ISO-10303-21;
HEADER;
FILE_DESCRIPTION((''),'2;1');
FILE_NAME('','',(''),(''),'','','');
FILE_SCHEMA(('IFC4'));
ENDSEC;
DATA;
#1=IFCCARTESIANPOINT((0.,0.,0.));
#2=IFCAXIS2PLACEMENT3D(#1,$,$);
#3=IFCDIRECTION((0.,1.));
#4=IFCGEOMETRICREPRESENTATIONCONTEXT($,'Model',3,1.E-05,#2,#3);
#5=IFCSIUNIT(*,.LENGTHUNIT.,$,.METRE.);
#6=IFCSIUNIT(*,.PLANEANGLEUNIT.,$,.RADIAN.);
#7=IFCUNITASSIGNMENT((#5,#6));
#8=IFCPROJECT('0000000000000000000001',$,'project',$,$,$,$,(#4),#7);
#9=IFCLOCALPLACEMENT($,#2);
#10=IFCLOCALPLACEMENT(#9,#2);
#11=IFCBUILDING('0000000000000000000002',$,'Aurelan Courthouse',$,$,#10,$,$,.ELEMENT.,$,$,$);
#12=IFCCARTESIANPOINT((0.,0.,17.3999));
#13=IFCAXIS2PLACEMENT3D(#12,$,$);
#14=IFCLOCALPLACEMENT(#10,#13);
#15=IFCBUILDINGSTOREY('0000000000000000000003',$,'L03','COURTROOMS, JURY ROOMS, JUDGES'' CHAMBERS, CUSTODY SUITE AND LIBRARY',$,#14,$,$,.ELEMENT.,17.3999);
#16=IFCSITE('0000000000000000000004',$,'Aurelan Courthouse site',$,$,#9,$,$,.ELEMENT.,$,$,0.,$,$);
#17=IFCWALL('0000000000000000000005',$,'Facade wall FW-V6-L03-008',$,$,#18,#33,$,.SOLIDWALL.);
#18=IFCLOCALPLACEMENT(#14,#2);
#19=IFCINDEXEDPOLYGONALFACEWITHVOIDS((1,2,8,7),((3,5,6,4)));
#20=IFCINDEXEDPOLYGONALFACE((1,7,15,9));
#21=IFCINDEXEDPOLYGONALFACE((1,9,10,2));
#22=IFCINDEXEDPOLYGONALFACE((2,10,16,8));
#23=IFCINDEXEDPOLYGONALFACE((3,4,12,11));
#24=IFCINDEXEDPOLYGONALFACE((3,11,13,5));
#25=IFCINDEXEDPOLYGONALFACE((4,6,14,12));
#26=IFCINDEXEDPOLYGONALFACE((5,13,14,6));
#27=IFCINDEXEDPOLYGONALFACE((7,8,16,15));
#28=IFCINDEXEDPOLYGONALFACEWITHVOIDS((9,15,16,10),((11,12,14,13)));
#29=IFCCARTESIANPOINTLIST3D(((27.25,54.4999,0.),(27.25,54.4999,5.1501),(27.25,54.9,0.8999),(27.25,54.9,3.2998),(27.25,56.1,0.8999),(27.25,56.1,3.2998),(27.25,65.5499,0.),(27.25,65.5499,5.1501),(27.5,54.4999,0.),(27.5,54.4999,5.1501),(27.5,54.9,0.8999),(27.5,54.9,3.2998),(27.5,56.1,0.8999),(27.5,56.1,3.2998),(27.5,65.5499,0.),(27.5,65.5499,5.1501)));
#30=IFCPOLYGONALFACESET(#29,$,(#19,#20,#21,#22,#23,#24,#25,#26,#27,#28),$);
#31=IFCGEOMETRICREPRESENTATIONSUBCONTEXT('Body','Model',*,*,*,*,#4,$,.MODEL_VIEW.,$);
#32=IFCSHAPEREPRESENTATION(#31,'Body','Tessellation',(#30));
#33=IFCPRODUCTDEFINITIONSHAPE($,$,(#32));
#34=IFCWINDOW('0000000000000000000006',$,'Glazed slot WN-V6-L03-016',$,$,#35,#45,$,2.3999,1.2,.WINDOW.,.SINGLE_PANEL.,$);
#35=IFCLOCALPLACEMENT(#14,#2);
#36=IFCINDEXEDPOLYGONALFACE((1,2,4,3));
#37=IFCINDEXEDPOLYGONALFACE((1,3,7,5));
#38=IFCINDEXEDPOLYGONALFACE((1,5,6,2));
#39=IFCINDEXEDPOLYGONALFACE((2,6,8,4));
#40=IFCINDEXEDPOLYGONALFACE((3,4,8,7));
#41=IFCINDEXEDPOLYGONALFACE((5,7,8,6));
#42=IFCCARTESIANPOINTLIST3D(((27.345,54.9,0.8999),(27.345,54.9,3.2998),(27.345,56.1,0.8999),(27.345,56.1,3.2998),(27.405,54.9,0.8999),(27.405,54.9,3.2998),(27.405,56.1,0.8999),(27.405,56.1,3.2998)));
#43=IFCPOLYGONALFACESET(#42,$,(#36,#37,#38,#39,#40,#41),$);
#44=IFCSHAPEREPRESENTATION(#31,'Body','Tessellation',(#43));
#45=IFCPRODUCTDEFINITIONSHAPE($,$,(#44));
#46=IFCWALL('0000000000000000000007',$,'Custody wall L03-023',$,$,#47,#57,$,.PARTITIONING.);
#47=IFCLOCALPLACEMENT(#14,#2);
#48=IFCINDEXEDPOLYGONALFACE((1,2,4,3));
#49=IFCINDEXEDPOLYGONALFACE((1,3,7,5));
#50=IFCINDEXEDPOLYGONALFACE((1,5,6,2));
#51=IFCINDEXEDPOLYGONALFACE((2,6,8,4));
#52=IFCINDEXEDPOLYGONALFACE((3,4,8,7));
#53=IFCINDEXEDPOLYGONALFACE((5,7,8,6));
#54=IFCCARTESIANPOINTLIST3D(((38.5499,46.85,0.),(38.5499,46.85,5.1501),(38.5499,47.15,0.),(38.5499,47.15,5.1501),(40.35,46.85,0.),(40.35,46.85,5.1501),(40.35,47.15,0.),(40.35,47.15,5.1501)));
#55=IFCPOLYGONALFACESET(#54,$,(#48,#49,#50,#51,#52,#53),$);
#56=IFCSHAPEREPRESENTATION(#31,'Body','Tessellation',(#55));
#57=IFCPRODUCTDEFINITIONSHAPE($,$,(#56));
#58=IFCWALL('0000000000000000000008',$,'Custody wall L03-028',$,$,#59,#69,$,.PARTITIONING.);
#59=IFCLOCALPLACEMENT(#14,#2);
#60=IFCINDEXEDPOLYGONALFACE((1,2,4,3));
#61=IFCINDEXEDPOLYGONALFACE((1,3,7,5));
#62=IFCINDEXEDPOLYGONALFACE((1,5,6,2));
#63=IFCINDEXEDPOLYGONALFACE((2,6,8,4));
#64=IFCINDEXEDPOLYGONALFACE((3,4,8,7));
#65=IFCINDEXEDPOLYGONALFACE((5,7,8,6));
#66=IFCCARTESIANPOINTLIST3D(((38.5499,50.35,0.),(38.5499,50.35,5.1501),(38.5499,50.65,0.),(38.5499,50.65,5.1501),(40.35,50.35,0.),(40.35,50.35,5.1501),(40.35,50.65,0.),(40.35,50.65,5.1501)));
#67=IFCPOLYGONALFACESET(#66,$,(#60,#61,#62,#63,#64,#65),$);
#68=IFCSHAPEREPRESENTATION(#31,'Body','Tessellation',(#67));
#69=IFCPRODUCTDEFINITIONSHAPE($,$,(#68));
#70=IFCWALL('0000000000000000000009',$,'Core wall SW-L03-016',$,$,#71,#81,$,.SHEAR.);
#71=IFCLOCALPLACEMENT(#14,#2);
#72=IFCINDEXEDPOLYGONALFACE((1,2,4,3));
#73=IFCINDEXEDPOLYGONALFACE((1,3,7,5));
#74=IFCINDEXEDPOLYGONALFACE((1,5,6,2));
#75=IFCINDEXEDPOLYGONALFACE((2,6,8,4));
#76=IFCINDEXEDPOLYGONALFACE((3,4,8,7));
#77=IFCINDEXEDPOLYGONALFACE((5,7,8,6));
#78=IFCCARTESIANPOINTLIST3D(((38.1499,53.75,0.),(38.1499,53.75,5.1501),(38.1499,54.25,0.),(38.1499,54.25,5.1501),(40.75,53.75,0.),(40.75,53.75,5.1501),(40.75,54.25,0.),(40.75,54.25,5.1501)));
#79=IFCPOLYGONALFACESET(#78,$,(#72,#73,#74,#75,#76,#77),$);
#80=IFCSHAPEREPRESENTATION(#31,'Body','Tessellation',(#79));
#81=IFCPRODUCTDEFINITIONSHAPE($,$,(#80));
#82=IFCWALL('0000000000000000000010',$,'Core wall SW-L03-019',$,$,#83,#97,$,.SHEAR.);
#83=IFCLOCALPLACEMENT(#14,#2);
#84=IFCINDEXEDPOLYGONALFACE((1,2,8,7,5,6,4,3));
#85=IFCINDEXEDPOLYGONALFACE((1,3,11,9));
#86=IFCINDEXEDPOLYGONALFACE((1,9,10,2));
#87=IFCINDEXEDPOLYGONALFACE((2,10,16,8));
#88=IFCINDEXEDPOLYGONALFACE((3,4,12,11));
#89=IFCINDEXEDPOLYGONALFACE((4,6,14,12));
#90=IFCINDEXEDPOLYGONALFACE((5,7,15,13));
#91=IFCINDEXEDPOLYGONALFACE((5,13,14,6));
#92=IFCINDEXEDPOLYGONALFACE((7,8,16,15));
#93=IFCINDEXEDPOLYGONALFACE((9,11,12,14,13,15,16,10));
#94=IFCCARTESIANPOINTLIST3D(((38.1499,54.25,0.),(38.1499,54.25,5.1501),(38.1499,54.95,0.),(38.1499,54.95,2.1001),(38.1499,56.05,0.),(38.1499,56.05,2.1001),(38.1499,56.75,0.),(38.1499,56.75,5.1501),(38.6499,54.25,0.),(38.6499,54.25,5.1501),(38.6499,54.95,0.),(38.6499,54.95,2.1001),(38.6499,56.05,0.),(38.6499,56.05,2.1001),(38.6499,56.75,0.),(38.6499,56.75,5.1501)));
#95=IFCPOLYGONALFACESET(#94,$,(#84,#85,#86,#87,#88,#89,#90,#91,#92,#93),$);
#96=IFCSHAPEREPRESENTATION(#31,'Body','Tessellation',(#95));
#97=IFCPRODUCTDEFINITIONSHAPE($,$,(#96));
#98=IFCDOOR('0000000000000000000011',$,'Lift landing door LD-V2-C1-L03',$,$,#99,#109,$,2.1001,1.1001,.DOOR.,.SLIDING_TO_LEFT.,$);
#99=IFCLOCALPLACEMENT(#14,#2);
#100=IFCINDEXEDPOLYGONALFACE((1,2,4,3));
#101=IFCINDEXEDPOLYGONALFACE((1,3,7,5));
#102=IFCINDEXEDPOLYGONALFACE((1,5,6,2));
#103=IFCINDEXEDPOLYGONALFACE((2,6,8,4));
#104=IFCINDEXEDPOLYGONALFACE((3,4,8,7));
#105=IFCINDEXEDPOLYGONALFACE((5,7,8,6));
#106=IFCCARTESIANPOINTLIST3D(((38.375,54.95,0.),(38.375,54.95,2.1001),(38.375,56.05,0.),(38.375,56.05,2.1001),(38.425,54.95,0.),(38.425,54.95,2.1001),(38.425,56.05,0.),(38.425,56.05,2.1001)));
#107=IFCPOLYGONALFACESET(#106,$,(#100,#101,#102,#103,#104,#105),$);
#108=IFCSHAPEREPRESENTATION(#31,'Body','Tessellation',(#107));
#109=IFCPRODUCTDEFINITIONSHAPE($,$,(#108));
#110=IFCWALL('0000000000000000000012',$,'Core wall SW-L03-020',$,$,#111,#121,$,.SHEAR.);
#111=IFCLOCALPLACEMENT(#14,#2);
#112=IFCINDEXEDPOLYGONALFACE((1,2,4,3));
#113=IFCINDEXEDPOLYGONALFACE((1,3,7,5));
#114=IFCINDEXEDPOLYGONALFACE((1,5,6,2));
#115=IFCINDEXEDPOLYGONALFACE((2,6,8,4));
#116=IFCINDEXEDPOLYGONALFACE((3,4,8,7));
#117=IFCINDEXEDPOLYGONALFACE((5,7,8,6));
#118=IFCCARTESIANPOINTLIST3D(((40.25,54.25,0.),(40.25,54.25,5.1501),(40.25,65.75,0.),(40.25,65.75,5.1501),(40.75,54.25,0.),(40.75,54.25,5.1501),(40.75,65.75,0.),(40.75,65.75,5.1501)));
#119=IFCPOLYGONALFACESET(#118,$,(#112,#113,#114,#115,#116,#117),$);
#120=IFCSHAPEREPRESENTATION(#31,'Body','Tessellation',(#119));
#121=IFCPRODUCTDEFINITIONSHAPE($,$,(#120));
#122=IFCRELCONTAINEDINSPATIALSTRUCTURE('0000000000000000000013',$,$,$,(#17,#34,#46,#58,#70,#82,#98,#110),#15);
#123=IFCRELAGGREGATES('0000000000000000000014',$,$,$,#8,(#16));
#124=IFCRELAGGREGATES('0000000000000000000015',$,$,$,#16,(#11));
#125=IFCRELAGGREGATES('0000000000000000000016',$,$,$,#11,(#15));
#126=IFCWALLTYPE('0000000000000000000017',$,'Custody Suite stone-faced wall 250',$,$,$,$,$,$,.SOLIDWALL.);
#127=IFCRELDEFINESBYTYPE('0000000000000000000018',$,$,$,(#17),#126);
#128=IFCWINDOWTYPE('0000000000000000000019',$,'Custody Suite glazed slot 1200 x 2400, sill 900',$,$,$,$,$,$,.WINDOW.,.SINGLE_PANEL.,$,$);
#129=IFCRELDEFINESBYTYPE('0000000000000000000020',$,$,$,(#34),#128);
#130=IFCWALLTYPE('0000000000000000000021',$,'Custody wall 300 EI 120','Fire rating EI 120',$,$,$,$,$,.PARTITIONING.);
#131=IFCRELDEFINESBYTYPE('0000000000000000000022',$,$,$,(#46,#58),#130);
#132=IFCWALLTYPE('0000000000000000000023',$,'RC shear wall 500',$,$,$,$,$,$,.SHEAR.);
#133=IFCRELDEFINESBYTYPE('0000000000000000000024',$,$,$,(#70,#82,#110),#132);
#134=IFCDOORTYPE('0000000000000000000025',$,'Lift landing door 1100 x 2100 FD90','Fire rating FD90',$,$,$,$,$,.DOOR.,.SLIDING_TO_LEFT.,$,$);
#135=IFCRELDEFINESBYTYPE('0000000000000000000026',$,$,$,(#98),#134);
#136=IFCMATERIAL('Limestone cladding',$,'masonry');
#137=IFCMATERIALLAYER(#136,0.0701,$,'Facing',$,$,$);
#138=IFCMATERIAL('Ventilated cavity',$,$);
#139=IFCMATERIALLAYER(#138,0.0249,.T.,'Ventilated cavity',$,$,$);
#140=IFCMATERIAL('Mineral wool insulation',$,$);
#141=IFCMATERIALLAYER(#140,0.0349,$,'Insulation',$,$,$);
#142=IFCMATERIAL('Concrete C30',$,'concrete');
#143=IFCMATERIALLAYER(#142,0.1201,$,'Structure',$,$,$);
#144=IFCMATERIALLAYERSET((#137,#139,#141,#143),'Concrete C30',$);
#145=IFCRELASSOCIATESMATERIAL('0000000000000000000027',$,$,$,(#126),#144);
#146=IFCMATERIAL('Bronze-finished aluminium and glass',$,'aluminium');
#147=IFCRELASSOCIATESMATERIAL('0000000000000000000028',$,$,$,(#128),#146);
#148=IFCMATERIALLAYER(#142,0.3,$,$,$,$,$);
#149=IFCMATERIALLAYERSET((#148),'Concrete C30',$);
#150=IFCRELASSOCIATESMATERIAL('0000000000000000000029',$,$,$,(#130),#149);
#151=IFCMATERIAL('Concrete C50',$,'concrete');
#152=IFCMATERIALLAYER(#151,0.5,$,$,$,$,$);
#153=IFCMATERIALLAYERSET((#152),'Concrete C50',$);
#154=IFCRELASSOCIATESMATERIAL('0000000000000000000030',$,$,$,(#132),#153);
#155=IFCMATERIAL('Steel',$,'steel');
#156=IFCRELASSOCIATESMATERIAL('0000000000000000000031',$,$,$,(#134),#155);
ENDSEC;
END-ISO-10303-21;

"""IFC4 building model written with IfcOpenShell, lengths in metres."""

from ifc_helpers import new_model, si_unit, direction, frame, frame_2d, origin, place, context, subcontext, project, spatial, rectangle, extrude, material, layer, layer_set, type_object, element, fill, save


model = new_model("IFC4")

# Units and contexts
model_context = context("Model", 3, precision=1e-05, world=origin(), true_north=direction((0.0, 1.0)))
body_context = subcontext(model_context, "Body", "Model", "MODEL_VIEW")
ifc_project = project(units=[si_unit("LENGTHUNIT", "METRE"), si_unit("PLANEANGLEUNIT", "RADIAN")], contexts=[model_context])

# Site, building, storey
site_placement = place(None, origin())
site = spatial("IfcSite", under=ifc_project, at=site_placement, Name="Aurelan Courthouse site", CompositionType="ELEMENT", RefElevation=0.0)
building_placement = place(site_placement, origin())
building = spatial("IfcBuilding", under=site, at=building_placement, Name="Aurelan Courthouse", CompositionType="ELEMENT")
storey_placement = place(building_placement, frame((0.0, 0.0, 17.3999)))
storey = spatial("IfcBuildingStorey", under=building, at=storey_placement, Name="L03", Description="COURTROOMS, JURY ROOMS, JUDGES' CHAMBERS, CUSTODY SUITE AND LIBRARY", CompositionType="ELEMENT", Elevation=17.3999)

# Shared definitions
ifc_material_1 = material(Name="Concrete C50", Category="concrete")

# Shared definitions
ifc_material_2 = material(Name="Limestone cladding", Category="masonry")
ifc_material_3 = material(Name="Ventilated cavity")
ifc_material_4 = material(Name="Mineral wool insulation")
ifc_material_5 = material(Name="Concrete C30", Category="concrete")
ifc_material_6 = material(Name="Bronze-finished aluminium and glass", Category="aluminium")

# Shared definitions
ifc_material_7 = material(Name="Steel", Category="steel")

# Wall, opening, window
ifc_layer_1 = layer(ifc_material_2, 0.0701, Name="Facing")
ifc_layer_2 = layer(ifc_material_3, 0.0249, ventilated=True, Name="Ventilated cavity")
ifc_layer_3 = layer(ifc_material_4, 0.0349, Name="Insulation")
ifc_layer_4 = layer(ifc_material_5, 0.1201, Name="Structure")
ifc_layer_set_1 = layer_set([ifc_layer_1, ifc_layer_2, ifc_layer_3, ifc_layer_4], Name="Concrete C30")
wall_type_1 = type_object("IfcWallType", Name="Custody Suite stone-faced wall 250", PredefinedType="SOLIDWALL", material=ifc_layer_set_1)
wall_1_placement = place(storey_placement, frame((27.375, 54.5, 0.0), z_axis=(0.0, 0.0, 1.0), x_axis=(0.0, 1.0, 0.0)))
wall_1 = element("IfcWall", 1, at=wall_1_placement, inside=storey, type_object=wall_type_1, Name="Facade wall FW-V6-L03-008", PredefinedType="SOLIDWALL", context=body_context, shape_type="SweptSolid", body=[
    extrude(rectangle(XDim=11.05, YDim=0.25, at=frame_2d((5.5249, 0.0))), origin(), (0.0, 0.0, 1.0), 5.1501),
])
opening_1_placement = place(wall_1_placement, frame((0.3999, 0.0, 0.8999)))
opening_1 = element("IfcOpeningElement", 2, at=opening_1_placement, cuts=wall_1, PredefinedType="OPENING", context=body_context, shape_type="SweptSolid", body=[
    extrude(rectangle(XDim=1.2, YDim=2.3999, at=frame_2d((0.6001, 1.2))), frame((0.0, 0.135, 0.0), z_axis=(0.0, -1.0, 0.0), x_axis=(1.0, 0.0, 0.0)), (0.0, 0.0, 1.0), 0.27),
])
window_type_1 = type_object("IfcWindowType", Name="Custody Suite glazed slot 1200 x 2400, sill 900", PartitioningType="SINGLE_PANEL", PredefinedType="WINDOW", material=ifc_material_6)
window_1_placement = place(opening_1_placement, origin())
window_1 = element("IfcWindow", 3, at=window_1_placement, inside=storey, type_object=window_type_1, Name="Glazed slot WN-V6-L03-016", OverallHeight=2.3999, OverallWidth=1.2, PartitioningType="SINGLE_PANEL", PredefinedType="WINDOW", context=body_context, shape_type="SweptSolid", body=[
    extrude(rectangle(XDim=1.2, YDim=2.3999, at=frame_2d((0.6001, 1.2))), frame((0.0, 0.03, 0.0), z_axis=(0.0, -1.0, 0.0), x_axis=(1.0, 0.0, 0.0)), (0.0, 0.0, 1.0), 0.0601),
])
fill(opening_1, window_1)

# Walls
ifc_layer_5 = layer(ifc_material_5, 0.3)
ifc_layer_set_2 = layer_set([ifc_layer_5], Name="Concrete C30")
wall_type_2 = type_object("IfcWallType", Name="Custody wall 300 EI 120", Description="Fire rating EI 120", PredefinedType="PARTITIONING", material=ifc_layer_set_2)
for number, where, z_axis, x_axis, name in (
    (4, (38.55, 47.0, 0.0), (0.0, 0.0, 1.0), (1.0, 0.0, 0.0), "Custody wall L03-023"),
    (5, (38.55, 50.5, 0.0), (0.0, 0.0, 1.0), (1.0, 0.0, 0.0), "Custody wall L03-028"),
):
    element("IfcWall", number, at=place(storey_placement, frame(where, z_axis=z_axis, x_axis=x_axis)), inside=storey, type_object=wall_type_2, Name=name, PredefinedType="PARTITIONING", context=body_context, shape_type="SweptSolid", body=[
        extrude(rectangle(XDim=1.8, YDim=0.3, at=frame_2d((0.8999, 0.0))), origin(), (0.0, 0.0, 1.0), 5.1501),
    ])
ifc_layer_6 = layer(ifc_material_1, 0.5)
ifc_layer_set_3 = layer_set([ifc_layer_6], Name="Concrete C50")
wall_type_3 = type_object("IfcWallType", Name="RC shear wall 500", PredefinedType="SHEAR", material=ifc_layer_set_3)
wall_2_placement = place(storey_placement, frame((38.1499, 54.0, 0.0), z_axis=(0.0, 0.0, 1.0), x_axis=(1.0, 0.0, 0.0)))
element("IfcWall", 6, at=wall_2_placement, inside=storey, type_object=wall_type_3, Name="Core wall SW-L03-016", PredefinedType="SHEAR", context=body_context, shape_type="SweptSolid", body=[
    extrude(rectangle(XDim=2.6001, YDim=0.5, at=frame_2d((1.3, 0.0))), origin(), (0.0, 0.0, 1.0), 5.1501),
])

# Wall, opening, door
wall_3_placement = place(storey_placement, frame((38.3999, 54.25, 0.0), z_axis=(0.0, 0.0, 1.0), x_axis=(0.0, 1.0, 0.0)))
wall_3 = element("IfcWall", 7, at=wall_3_placement, inside=storey, type_object=wall_type_3, Name="Core wall SW-L03-019", PredefinedType="SHEAR", context=body_context, shape_type="SweptSolid", body=[
    extrude(rectangle(XDim=2.5, YDim=0.5, at=frame_2d((1.25, 0.0))), origin(), (0.0, 0.0, 1.0), 5.1501),
])
opening_2_placement = place(wall_3_placement, frame((0.7, 0.0, 0.0)))
opening_2 = element("IfcOpeningElement", 8, at=opening_2_placement, cuts=wall_3, PredefinedType="OPENING", context=body_context, shape_type="SweptSolid", body=[
    extrude(rectangle(XDim=1.1001, YDim=2.1001, at=frame_2d((0.55, 1.05))), frame((0.0, 0.26, 0.0), z_axis=(0.0, -1.0, 0.0), x_axis=(1.0, 0.0, 0.0)), (0.0, 0.0, 1.0), 0.52),
])
door_type_1 = type_object("IfcDoorType", Name="Lift landing door 1100 x 2100 FD90", Description="Fire rating FD90", OperationType="SLIDING_TO_LEFT", PredefinedType="DOOR", material=ifc_material_7)
door_1_placement = place(opening_2_placement, origin())
door_1 = element("IfcDoor", 9, at=door_1_placement, inside=storey, type_object=door_type_1, Name="Lift landing door LD-V2-C1-L03", OperationType="SLIDING_TO_LEFT", OverallHeight=2.1001, OverallWidth=1.1001, PredefinedType="DOOR", context=body_context, shape_type="SweptSolid", body=[
    extrude(rectangle(XDim=1.1001, YDim=2.1001, at=frame_2d((0.55, 1.05))), frame((0.0, 0.0249, 0.0), z_axis=(0.0, -1.0, 0.0), x_axis=(1.0, 0.0, 0.0)), (0.0, 0.0, 1.0), 0.05),
])
fill(opening_2, door_1)

# Wall
wall_4_placement = place(storey_placement, frame((40.5, 54.25, 0.0), z_axis=(0.0, 0.0, 1.0), x_axis=(0.0, 1.0, 0.0)))
element("IfcWall", 10, at=wall_4_placement, inside=storey, type_object=wall_type_3, Name="Core wall SW-L03-020", PredefinedType="SHEAR", context=body_context, shape_type="SweptSolid", body=[
    extrude(rectangle(XDim=11.5, YDim=0.5, at=frame_2d((5.75, 0.0))), origin(), (0.0, 0.0, 1.0), 5.1501),
])

save(model, "model.ifc")
